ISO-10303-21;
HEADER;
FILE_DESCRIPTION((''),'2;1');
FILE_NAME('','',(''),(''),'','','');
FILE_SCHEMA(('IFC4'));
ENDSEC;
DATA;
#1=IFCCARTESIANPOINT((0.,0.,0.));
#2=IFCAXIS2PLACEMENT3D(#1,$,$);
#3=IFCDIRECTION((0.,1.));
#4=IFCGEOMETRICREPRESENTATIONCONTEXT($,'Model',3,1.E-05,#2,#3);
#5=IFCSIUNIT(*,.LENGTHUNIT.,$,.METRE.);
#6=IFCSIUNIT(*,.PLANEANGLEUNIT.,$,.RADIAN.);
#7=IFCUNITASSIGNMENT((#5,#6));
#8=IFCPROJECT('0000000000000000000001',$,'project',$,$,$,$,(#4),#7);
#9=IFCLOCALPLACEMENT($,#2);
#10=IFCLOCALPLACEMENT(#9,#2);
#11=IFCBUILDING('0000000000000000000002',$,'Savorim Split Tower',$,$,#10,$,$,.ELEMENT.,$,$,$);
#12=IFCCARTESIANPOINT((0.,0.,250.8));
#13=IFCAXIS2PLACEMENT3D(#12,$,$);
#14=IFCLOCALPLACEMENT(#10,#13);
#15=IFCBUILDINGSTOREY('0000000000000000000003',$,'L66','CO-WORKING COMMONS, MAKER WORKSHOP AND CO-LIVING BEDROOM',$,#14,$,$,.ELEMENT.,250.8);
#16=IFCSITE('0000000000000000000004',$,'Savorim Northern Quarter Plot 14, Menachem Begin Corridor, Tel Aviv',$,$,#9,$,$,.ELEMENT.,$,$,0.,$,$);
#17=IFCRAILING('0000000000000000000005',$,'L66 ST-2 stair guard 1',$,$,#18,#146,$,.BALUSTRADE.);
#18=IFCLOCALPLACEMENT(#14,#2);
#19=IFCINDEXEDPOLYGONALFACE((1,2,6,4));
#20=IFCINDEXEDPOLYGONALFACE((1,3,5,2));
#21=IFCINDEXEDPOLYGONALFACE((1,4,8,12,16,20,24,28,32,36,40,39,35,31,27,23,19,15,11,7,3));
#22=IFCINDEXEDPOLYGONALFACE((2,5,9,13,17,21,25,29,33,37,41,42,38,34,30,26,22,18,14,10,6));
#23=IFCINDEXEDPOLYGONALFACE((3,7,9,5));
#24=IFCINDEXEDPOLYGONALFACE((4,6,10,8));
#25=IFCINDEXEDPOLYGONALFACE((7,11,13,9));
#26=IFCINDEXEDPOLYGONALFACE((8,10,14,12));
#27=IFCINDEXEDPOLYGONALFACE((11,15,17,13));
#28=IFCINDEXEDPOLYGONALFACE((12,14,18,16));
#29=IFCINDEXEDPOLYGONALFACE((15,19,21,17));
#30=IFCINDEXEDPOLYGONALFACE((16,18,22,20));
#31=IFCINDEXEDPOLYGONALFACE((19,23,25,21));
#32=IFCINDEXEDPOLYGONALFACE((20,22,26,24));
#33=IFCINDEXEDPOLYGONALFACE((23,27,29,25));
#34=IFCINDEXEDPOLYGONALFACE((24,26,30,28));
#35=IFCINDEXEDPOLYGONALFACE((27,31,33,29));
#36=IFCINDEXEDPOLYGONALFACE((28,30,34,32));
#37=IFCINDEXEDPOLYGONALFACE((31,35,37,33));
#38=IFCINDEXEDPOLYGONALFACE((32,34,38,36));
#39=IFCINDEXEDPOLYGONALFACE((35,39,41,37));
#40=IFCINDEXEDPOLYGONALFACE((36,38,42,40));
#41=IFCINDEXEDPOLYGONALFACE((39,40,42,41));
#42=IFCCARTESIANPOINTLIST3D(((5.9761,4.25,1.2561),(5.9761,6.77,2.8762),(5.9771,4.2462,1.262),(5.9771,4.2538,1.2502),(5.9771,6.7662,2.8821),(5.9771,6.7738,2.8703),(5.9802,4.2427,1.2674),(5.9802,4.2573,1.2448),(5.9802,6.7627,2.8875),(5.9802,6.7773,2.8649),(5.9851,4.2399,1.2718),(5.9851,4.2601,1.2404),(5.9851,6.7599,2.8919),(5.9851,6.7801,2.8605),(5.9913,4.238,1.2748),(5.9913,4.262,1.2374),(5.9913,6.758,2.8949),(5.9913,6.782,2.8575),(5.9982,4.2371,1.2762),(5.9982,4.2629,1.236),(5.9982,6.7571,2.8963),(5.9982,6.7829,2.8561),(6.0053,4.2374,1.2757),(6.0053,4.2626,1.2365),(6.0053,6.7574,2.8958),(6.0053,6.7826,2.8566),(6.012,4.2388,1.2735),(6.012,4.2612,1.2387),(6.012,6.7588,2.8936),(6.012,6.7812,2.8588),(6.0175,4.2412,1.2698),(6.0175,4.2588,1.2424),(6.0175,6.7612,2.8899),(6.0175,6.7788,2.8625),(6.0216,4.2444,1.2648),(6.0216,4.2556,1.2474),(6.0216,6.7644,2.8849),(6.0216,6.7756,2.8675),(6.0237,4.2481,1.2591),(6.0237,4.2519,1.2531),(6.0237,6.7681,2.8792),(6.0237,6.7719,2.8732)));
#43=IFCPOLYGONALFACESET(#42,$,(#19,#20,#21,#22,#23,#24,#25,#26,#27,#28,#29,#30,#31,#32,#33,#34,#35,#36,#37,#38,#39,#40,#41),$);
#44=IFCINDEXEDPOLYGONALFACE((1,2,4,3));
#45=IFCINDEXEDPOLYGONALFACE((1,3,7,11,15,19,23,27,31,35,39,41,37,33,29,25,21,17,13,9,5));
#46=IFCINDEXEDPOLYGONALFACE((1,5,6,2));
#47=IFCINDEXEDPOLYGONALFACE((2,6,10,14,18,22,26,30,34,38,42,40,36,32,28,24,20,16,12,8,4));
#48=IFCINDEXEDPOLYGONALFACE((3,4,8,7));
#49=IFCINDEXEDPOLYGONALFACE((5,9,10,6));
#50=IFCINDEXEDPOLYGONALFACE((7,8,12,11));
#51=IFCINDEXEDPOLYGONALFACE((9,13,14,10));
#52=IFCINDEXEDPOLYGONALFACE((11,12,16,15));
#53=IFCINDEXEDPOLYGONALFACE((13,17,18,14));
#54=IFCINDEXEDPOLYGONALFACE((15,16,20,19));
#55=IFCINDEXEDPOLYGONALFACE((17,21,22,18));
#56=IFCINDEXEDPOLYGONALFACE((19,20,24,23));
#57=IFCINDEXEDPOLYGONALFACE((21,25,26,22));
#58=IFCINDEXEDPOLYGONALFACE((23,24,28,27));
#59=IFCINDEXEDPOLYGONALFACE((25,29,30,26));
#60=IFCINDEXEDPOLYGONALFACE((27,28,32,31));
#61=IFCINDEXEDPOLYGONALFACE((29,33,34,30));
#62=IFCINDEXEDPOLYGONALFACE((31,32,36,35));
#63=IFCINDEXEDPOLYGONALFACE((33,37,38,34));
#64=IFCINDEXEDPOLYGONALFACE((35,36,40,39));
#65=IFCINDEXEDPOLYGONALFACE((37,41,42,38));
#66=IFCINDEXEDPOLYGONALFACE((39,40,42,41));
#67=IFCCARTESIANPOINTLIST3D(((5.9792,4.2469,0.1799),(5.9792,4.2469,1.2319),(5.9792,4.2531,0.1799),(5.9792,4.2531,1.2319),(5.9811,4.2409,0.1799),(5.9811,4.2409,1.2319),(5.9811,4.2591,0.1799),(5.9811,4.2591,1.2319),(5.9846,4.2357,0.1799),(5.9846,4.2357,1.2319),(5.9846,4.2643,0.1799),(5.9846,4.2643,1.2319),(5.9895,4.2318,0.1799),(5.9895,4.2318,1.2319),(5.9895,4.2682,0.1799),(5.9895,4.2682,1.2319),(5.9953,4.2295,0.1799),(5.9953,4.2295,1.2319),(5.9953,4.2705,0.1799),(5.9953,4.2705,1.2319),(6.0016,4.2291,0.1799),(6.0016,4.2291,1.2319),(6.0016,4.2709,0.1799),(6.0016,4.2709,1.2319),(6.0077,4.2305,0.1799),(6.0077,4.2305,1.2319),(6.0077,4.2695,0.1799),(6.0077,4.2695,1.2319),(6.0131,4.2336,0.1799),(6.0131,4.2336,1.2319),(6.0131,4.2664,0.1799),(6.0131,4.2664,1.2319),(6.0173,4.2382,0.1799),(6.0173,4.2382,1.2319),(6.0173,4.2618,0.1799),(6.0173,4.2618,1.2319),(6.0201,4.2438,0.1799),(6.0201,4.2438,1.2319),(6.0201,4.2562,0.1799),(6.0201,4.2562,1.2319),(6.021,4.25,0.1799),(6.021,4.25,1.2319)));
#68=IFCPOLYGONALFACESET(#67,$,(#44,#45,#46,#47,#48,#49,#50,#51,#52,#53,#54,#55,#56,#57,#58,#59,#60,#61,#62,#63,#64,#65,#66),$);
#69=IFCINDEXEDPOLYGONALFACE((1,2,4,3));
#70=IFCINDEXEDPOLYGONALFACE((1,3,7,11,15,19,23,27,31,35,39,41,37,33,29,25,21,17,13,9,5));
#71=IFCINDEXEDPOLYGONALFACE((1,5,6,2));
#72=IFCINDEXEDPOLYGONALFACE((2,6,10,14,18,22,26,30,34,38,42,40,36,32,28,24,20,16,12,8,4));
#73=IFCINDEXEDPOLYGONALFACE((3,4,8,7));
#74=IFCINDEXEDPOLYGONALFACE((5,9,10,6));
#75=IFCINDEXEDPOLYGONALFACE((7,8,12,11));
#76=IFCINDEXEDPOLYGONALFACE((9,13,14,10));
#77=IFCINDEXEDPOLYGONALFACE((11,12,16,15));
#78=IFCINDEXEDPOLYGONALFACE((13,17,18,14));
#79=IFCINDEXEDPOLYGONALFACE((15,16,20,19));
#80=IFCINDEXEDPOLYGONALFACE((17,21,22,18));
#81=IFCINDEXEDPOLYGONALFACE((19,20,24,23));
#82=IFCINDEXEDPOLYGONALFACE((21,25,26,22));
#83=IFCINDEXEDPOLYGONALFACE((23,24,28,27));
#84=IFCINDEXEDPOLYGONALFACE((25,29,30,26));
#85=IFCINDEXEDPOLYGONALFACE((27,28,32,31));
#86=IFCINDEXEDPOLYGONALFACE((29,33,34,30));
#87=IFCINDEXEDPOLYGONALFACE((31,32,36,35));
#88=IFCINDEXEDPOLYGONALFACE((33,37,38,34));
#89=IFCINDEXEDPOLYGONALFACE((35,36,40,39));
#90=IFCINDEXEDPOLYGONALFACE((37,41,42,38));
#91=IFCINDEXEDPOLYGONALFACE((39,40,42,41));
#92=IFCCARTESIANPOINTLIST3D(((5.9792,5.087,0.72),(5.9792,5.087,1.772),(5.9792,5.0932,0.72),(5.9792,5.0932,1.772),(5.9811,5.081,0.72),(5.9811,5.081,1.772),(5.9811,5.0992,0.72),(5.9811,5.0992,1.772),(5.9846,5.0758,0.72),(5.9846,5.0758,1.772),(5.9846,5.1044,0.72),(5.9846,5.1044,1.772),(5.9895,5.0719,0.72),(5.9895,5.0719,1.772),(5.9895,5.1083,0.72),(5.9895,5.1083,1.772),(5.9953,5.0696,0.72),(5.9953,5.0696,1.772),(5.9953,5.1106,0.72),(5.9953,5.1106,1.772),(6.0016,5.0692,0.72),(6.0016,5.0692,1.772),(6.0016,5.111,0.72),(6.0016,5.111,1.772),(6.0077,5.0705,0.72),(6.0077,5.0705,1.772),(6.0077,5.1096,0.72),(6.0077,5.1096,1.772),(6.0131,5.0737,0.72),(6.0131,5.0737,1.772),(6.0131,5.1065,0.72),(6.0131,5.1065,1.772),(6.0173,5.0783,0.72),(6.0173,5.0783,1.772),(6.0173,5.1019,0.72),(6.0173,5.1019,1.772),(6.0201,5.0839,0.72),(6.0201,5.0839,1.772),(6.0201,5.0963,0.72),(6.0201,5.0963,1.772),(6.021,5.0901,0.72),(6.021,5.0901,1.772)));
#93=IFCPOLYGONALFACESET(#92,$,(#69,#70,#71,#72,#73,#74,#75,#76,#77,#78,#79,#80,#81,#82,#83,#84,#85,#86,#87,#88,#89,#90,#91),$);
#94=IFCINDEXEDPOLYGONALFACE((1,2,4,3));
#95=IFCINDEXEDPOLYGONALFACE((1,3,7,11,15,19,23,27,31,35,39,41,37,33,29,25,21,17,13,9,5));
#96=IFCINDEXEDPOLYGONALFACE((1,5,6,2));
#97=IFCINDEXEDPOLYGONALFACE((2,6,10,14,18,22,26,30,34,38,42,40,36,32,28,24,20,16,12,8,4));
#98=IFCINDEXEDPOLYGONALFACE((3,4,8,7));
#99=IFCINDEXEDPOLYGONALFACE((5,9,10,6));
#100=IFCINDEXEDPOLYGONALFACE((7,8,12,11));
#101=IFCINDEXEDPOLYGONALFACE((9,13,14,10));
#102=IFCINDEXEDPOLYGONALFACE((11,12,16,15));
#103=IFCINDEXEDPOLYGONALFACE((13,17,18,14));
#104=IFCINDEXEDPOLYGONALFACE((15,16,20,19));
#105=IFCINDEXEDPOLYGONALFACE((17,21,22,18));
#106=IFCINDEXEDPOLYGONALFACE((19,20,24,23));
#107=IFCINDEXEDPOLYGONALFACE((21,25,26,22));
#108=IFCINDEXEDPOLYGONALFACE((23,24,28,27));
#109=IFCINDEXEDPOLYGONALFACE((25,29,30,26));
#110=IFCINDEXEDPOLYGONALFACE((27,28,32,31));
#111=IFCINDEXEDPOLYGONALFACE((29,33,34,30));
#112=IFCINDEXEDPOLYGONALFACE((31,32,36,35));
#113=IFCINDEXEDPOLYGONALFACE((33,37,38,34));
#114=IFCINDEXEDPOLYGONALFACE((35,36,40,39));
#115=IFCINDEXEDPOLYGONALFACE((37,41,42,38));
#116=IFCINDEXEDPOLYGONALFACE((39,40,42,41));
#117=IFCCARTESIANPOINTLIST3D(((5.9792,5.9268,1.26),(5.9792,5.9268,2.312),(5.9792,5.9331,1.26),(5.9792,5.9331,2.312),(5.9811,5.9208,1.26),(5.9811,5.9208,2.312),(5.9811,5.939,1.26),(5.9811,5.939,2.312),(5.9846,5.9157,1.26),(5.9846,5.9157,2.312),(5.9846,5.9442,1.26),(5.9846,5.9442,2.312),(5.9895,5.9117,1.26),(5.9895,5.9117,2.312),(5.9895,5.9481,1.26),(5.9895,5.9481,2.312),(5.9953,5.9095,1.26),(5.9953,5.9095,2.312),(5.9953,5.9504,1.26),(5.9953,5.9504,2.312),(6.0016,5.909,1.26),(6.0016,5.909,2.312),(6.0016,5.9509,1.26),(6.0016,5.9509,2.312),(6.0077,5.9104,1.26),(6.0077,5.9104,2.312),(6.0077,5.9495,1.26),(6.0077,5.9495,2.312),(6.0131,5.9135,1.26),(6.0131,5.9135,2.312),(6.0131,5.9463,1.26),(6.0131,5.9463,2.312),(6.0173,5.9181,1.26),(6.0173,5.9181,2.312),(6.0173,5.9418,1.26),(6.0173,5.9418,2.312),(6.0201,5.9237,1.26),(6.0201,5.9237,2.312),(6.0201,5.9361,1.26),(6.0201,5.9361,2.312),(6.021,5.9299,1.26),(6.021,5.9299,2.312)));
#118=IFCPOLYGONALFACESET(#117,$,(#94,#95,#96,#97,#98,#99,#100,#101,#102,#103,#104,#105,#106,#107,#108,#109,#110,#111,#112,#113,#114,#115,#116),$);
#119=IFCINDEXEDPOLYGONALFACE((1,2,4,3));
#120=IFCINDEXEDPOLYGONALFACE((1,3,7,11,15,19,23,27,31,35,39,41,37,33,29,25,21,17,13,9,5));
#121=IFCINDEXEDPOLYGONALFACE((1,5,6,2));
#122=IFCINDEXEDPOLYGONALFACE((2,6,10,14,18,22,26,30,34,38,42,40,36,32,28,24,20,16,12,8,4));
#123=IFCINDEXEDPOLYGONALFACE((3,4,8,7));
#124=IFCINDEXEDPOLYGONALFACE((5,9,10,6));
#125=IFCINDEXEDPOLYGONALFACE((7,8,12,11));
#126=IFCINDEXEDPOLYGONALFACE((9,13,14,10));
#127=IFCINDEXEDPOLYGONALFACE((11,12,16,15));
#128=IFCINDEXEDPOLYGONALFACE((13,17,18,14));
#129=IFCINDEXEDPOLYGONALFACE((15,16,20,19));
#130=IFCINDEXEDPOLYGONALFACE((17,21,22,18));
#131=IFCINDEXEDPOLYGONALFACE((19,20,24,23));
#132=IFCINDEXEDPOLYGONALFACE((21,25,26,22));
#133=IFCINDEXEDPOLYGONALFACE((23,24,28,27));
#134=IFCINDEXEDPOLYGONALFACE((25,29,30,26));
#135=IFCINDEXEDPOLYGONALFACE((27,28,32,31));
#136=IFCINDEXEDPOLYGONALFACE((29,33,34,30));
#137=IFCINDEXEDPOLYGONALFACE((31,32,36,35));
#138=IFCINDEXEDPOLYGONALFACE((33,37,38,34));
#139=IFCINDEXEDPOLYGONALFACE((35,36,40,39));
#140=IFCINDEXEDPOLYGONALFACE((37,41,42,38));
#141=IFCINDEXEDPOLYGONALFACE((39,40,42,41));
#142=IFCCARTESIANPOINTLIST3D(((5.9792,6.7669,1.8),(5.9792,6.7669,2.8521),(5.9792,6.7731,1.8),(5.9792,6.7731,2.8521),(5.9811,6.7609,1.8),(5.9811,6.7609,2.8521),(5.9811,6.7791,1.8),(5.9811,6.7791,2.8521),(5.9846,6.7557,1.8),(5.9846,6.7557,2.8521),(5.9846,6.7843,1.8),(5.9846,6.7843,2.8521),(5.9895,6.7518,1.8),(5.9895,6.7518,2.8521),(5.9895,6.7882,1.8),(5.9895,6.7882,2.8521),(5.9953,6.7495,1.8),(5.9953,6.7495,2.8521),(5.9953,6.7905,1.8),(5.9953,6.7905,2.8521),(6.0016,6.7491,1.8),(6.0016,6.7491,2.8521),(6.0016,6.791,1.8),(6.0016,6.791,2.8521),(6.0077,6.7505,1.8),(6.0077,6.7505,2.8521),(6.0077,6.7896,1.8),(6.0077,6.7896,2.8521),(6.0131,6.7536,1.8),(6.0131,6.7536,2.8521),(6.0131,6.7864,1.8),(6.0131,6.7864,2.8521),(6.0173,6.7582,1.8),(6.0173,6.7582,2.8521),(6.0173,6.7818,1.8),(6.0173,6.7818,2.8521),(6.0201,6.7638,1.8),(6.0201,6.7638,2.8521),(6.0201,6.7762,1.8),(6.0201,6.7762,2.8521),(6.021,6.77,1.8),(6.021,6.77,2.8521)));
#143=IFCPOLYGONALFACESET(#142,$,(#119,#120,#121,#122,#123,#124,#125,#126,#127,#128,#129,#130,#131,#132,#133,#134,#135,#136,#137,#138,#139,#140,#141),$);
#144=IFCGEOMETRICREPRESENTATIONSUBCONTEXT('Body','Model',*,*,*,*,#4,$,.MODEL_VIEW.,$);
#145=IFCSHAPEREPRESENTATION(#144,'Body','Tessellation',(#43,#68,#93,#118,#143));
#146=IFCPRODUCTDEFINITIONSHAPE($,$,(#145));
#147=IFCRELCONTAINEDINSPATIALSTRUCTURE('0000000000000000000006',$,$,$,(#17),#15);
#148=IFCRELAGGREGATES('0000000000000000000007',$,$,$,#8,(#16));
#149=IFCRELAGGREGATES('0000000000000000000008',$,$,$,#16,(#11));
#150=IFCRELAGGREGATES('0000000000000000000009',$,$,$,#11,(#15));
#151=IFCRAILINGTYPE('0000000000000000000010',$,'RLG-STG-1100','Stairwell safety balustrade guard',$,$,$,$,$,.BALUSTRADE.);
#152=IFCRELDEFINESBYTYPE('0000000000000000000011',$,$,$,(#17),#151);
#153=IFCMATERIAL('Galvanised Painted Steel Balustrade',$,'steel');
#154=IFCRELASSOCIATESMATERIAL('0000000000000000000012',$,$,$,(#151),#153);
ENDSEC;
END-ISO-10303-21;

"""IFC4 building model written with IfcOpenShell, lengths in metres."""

from ifc_helpers import new_model, si_unit, direction, frame, origin, origin_2d, place, context, subcontext, project, spatial, circle, extrude, material, type_object, element, save


model = new_model("IFC4")

# Units and contexts
model_context = context("Model", 3, precision=1e-05, world=origin(), true_north=direction((0.0, 1.0)))
body_context = subcontext(model_context, "Body", "Model", "MODEL_VIEW")
ifc_project = project(units=[si_unit("LENGTHUNIT", "METRE"), si_unit("PLANEANGLEUNIT", "RADIAN")], contexts=[model_context])

# Site, building, storey
site_placement = place(None, origin())
site = spatial("IfcSite", under=ifc_project, at=site_placement, Name="Savorim Northern Quarter Plot 14, Menachem Begin Corridor, Tel Aviv", CompositionType="ELEMENT", RefElevation=0.0)
building_placement = place(site_placement, origin())
building = spatial("IfcBuilding", under=site, at=building_placement, Name="Savorim Split Tower", CompositionType="ELEMENT")
storey_placement = place(building_placement, frame((0.0, 0.0, 250.8)))
storey = spatial("IfcBuildingStorey", under=building, at=storey_placement, Name="L66", Description="CO-WORKING COMMONS, MAKER WORKSHOP AND CO-LIVING BEDROOM", CompositionType="ELEMENT", Elevation=250.8)

# Railing
ifc_material_1 = material(Name="Galvanised Painted Steel Balustrade", Category="steel")
railing_type_1 = type_object("IfcRailingType", Name="RLG-STG-1100", Description="Stairwell safety balustrade guard", PredefinedType="BALUSTRADE", material=ifc_material_1)
railing_1_placement = place(storey_placement, frame((6.0, 4.25, 0.1799)))
element("IfcRailing", 1, at=railing_1_placement, inside=storey, type_object=railing_type_1, Name="L66 ST-2 stair guard 1", PredefinedType="BALUSTRADE", context=body_context, shape_type="SweptSolid", body=[
    extrude(circle(Radius=0.0239, at=origin_2d()), frame((0.0, 0.0, 1.0762), z_axis=(0.0, 0.841163, 0.540782), x_axis=(-1.0, 0.0, 0.0)), (0.0, 0.0, 1.0), 2.9958),
    extrude(circle(Radius=0.021, at=origin_2d()), origin(), (0.0, 0.0, 1.0), 1.052),
    extrude(circle(Radius=0.021, at=origin_2d()), frame((0.0, 0.8401, 0.54)), (0.0, 0.0, 1.0), 1.052),
    extrude(circle(Radius=0.021, at=origin_2d()), frame((0.0, 1.6799, 1.0801)), (0.0, 0.0, 1.0), 1.052),
    extrude(circle(Radius=0.021, at=origin_2d()), frame((0.0, 2.52, 1.6201)), (0.0, 0.0, 1.0), 1.052),
])

save(model, "model.ifc")
